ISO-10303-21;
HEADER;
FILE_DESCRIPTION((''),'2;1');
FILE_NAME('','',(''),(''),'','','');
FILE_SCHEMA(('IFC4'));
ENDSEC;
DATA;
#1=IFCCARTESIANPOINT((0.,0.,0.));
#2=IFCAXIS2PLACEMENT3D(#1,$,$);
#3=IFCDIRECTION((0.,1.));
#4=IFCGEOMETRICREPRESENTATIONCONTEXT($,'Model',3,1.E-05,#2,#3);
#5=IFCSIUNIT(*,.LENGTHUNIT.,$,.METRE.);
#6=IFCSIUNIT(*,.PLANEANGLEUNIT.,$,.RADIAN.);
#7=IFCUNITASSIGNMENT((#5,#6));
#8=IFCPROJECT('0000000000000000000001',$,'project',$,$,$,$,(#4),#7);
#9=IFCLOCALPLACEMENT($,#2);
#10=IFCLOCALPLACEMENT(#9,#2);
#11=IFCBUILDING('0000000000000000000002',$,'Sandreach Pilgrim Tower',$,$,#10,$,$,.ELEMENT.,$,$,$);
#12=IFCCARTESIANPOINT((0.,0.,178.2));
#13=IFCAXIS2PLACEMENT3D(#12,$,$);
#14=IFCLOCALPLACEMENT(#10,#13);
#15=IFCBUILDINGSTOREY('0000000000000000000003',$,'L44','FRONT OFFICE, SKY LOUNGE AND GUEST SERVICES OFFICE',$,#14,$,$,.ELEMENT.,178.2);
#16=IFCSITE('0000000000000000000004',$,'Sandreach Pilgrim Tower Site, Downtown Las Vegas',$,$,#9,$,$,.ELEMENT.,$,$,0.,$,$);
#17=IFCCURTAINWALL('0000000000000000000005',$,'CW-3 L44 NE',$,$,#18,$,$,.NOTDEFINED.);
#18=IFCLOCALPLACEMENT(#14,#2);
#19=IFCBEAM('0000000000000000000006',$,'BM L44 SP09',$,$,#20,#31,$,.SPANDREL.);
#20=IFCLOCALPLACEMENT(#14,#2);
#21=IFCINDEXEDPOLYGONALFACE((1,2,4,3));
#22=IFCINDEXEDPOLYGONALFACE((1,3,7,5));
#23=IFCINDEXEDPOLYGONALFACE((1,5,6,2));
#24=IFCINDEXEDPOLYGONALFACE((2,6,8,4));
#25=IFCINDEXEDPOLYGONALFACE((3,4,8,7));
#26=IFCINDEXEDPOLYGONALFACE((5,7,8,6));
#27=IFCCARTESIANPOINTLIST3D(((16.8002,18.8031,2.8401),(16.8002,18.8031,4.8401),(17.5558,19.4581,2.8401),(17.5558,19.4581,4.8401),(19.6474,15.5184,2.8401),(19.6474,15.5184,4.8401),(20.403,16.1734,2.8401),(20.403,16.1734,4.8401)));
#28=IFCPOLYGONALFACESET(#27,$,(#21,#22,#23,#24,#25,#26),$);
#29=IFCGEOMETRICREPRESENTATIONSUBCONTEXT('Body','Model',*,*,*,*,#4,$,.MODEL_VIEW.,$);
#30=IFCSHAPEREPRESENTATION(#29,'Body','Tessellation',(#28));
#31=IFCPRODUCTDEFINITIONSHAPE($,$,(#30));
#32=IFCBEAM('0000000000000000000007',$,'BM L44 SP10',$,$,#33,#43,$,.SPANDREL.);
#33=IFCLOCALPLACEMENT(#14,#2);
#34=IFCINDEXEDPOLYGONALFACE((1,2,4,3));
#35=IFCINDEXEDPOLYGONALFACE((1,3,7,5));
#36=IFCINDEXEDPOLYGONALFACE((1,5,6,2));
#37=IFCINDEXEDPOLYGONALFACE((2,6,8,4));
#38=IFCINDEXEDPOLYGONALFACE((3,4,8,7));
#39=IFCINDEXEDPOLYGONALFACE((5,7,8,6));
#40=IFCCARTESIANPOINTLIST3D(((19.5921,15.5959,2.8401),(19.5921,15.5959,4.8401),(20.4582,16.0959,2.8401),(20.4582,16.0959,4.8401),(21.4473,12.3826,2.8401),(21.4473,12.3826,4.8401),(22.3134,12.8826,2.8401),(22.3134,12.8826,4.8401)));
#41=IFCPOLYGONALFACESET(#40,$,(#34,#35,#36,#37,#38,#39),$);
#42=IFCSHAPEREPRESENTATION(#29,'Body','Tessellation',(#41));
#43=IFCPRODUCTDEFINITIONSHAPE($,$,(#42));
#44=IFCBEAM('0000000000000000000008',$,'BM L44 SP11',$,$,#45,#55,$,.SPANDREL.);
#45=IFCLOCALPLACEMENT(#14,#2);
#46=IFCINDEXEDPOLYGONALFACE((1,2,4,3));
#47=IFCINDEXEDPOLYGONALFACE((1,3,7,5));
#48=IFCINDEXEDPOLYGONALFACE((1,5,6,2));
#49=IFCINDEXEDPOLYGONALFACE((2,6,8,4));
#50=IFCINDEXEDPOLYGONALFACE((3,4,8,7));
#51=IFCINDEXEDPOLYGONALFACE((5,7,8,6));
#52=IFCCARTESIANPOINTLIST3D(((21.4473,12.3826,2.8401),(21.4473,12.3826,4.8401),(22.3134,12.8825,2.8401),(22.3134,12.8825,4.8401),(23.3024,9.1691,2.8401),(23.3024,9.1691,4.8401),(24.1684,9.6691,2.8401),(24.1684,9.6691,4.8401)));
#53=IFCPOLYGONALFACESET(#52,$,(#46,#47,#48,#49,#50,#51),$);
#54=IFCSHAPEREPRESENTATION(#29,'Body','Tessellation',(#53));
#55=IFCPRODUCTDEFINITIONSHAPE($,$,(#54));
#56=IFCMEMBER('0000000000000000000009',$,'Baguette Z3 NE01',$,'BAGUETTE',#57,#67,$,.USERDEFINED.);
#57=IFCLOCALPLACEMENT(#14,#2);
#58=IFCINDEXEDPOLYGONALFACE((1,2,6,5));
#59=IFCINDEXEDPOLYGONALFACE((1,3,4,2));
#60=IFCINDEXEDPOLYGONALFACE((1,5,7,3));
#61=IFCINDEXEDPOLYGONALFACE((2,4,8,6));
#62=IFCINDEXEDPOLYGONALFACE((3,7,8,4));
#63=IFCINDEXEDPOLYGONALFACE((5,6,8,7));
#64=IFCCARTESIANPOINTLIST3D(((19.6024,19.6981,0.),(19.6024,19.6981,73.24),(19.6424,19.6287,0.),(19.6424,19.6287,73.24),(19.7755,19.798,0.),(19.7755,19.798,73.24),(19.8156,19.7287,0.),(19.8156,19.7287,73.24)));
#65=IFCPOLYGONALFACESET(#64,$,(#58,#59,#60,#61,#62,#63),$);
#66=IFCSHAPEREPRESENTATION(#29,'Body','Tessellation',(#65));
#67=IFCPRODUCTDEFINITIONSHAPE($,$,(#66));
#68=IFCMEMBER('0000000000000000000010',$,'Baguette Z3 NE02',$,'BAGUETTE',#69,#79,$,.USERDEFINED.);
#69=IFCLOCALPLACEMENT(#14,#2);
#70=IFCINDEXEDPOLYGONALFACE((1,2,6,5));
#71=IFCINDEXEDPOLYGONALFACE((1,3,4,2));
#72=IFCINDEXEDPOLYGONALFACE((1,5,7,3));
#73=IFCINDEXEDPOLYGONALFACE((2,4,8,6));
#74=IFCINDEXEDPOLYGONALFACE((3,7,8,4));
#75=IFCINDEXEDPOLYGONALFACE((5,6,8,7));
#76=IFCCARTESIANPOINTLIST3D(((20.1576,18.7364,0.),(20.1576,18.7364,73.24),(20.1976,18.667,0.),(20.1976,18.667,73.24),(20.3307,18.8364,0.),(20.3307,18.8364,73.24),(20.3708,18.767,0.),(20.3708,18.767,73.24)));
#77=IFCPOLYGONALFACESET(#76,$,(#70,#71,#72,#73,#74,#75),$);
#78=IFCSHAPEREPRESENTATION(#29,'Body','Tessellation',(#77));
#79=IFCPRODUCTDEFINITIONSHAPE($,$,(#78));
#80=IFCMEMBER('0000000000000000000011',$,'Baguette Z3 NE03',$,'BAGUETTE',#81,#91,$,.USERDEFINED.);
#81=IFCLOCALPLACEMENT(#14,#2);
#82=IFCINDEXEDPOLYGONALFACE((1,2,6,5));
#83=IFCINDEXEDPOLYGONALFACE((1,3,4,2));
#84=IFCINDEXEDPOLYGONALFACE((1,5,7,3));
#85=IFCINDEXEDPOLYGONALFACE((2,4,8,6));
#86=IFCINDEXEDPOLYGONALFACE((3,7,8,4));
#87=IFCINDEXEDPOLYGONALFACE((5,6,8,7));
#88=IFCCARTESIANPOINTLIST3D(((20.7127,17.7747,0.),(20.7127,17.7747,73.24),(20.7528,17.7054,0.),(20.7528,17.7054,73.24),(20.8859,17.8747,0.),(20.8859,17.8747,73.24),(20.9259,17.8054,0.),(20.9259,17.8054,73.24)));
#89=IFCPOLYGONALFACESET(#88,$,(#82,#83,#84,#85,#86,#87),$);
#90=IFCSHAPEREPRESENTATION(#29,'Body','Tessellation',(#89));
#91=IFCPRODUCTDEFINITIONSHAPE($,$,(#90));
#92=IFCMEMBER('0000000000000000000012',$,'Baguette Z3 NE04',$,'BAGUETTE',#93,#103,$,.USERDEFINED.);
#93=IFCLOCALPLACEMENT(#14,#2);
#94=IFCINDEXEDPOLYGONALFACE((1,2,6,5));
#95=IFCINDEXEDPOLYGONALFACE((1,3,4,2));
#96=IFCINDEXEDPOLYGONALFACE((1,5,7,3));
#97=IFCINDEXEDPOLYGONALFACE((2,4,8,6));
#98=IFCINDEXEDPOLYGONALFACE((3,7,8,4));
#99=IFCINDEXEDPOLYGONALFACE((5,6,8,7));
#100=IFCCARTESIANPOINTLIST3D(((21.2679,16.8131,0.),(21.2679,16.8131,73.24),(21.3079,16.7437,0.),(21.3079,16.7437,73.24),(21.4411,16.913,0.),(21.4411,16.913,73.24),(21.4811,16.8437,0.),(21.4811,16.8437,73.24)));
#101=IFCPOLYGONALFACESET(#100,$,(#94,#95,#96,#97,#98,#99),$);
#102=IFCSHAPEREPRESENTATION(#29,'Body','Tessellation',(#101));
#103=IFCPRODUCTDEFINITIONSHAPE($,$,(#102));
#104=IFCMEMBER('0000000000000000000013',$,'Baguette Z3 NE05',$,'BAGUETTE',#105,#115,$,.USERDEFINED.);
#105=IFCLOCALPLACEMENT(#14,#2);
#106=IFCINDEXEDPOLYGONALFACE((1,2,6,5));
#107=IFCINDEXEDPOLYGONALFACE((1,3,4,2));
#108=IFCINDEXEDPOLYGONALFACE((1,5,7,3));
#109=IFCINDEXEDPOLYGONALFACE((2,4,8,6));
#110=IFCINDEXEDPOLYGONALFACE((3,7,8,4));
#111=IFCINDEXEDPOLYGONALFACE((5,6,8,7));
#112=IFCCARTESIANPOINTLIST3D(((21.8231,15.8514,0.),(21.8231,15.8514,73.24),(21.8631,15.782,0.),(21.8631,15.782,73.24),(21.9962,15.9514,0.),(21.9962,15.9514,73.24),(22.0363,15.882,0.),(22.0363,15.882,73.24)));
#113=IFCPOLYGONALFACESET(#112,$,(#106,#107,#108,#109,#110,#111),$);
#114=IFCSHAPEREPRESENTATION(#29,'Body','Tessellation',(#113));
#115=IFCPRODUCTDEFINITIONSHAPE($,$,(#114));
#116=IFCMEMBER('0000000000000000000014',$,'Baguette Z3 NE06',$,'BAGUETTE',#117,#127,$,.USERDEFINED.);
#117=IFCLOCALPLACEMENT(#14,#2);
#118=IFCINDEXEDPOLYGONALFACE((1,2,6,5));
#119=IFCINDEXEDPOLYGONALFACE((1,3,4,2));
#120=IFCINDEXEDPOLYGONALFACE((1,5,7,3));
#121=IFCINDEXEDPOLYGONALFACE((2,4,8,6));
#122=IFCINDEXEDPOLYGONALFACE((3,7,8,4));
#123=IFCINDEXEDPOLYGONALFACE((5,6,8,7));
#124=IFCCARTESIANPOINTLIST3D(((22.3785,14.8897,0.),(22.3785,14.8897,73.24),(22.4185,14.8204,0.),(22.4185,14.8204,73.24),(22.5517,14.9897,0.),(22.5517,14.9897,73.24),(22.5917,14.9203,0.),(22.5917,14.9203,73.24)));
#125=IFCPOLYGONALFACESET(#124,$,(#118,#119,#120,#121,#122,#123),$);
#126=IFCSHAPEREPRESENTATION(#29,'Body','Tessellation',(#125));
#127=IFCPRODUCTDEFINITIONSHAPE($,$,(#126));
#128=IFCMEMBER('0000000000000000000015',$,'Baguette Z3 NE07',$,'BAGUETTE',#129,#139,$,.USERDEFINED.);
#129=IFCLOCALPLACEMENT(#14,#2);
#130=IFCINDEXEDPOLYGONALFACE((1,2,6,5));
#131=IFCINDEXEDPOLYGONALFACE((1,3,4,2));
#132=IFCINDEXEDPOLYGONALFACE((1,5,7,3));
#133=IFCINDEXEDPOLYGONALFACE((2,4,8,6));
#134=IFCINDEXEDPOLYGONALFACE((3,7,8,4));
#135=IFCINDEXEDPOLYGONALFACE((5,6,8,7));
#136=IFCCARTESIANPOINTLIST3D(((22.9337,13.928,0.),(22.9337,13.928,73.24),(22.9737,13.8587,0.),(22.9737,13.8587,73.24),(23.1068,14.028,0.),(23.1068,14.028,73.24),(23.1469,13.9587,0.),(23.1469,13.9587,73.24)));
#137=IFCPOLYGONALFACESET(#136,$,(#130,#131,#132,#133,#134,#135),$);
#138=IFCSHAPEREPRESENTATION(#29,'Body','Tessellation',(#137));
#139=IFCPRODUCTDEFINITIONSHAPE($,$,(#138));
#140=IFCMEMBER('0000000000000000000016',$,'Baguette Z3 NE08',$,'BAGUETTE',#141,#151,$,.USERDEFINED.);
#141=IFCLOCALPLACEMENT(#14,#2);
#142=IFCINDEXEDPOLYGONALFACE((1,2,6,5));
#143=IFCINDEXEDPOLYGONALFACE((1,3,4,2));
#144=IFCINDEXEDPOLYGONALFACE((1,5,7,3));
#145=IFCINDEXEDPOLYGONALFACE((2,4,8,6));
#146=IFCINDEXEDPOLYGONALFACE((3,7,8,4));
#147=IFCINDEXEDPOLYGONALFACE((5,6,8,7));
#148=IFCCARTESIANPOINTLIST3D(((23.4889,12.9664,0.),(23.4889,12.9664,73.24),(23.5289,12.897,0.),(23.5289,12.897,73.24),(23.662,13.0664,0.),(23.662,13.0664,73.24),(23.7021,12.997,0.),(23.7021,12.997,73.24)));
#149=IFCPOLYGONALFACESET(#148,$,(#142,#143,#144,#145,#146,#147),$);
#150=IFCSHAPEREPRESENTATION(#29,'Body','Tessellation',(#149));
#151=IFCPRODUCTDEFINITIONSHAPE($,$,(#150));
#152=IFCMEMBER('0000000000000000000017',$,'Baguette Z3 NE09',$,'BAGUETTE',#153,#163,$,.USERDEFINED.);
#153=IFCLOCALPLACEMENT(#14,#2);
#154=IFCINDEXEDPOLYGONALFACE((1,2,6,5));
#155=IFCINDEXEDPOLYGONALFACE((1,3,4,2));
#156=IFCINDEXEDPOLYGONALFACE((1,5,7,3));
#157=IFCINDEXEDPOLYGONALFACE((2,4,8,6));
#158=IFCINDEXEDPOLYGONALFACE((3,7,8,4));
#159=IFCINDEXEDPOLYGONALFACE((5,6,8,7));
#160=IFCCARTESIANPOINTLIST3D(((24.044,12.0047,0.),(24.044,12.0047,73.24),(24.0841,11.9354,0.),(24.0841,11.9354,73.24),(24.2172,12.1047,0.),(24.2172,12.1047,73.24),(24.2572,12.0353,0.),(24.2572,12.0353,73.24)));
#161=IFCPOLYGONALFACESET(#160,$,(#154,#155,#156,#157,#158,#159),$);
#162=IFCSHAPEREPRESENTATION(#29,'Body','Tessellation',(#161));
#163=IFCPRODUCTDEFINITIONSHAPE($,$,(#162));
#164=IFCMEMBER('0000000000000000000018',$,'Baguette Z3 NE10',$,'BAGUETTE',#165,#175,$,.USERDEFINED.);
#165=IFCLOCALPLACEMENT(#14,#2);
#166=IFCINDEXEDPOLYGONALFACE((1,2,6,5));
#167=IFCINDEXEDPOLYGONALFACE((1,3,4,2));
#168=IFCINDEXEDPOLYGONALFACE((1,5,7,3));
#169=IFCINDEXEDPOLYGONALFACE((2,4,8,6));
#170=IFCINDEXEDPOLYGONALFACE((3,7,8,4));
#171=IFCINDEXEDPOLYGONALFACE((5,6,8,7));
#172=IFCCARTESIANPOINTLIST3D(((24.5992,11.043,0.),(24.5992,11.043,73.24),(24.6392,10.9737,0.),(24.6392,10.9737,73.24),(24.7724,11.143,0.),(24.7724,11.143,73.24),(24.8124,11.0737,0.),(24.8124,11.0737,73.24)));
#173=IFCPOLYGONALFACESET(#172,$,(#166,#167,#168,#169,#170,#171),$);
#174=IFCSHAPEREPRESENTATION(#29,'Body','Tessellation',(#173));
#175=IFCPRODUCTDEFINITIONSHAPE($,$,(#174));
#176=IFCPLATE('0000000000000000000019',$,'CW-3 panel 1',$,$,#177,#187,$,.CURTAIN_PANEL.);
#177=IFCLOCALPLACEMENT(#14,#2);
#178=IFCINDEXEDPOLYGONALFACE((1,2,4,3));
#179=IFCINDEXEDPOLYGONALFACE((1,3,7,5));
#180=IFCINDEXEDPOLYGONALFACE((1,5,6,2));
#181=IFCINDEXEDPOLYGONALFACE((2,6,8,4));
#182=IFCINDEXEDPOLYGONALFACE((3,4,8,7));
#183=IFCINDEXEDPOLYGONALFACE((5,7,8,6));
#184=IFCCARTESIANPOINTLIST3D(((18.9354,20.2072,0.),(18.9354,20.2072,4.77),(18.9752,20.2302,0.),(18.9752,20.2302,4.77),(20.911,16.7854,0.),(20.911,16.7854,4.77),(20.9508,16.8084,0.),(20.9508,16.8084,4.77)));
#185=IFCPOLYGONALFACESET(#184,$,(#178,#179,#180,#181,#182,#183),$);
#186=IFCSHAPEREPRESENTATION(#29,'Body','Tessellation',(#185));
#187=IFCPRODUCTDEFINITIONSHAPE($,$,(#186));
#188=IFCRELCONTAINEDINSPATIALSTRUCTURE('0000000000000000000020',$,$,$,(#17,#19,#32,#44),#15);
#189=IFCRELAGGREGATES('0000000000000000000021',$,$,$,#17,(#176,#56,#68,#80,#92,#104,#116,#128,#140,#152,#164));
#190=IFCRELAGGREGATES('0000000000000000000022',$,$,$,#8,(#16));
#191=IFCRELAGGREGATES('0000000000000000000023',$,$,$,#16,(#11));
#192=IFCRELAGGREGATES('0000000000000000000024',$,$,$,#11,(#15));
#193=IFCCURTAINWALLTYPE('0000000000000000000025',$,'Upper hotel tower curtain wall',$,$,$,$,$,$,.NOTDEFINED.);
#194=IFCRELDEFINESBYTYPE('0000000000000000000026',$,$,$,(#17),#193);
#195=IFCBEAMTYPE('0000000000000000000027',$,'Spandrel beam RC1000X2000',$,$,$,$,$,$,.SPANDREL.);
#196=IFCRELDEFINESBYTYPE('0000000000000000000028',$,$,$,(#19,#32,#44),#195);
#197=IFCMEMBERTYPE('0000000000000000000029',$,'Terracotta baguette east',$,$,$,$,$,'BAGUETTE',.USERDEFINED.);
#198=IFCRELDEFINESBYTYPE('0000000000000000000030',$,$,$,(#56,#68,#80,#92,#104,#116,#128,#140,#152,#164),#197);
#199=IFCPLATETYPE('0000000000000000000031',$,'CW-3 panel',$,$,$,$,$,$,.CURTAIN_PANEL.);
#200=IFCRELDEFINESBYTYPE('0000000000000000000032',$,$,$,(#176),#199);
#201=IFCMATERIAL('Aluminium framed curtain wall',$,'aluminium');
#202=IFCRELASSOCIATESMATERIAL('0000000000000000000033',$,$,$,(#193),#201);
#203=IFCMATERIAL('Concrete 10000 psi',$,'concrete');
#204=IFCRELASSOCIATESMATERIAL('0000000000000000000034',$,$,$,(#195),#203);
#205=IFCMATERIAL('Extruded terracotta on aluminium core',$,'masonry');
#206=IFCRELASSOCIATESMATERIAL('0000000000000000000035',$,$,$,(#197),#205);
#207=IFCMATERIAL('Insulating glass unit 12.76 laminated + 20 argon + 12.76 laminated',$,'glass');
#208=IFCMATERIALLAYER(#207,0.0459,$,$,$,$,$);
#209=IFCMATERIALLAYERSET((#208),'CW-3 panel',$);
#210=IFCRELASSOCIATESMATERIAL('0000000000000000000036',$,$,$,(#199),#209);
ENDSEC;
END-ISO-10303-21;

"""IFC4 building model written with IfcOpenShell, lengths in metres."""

from ifc_helpers import new_model, si_unit, direction, frame, origin, origin_2d, place, context, subcontext, project, spatial, rectangle, extrude, material, layer, layer_set, material_profile, profile_set, type_object, element, aggregate, save


model = new_model("IFC4")

# Units and contexts
model_context = context("Model", 3, precision=1e-05, world=origin(), true_north=direction((0.0, 1.0)))
body_context = subcontext(model_context, "Body", "Model", "MODEL_VIEW")
ifc_project = project(units=[si_unit("LENGTHUNIT", "METRE"), si_unit("PLANEANGLEUNIT", "RADIAN")], contexts=[model_context])

# Site, building, storey
site_placement = place(None, origin())
site = spatial("IfcSite", under=ifc_project, at=site_placement, Name="Sandreach Pilgrim Tower Site, Downtown Las Vegas", CompositionType="ELEMENT", RefElevation=0.0)
building_placement = place(site_placement, origin())
building = spatial("IfcBuilding", under=site, at=building_placement, Name="Sandreach Pilgrim Tower", CompositionType="ELEMENT")
storey_placement = place(building_placement, frame((0.0, 0.0, 178.2)))
storey = spatial("IfcBuildingStorey", under=building, at=storey_placement, Name="L44", Description="FRONT OFFICE, SKY LOUNGE AND GUEST SERVICES OFFICE", CompositionType="ELEMENT", Elevation=178.2)

# Shared definitions
ifc_material_1 = material(Name="Aluminium framed curtain wall", Category="aluminium")
curtain_wall_type = type_object("IfcCurtainWallType", Name="Upper hotel tower curtain wall", PredefinedType="NOTDEFINED", material=ifc_material_1)

# Curtain wall
curtain_wall_1_placement = place(storey_placement, origin())
curtain_wall_1 = element("IfcCurtainWall", 1, at=curtain_wall_1_placement, inside=storey, type_object=curtain_wall_type, Name="CW-3 L44 NE", PredefinedType="NOTDEFINED")

# Beams
ifc_material_2 = material(Name="Concrete 10000 psi", Category="concrete")
ifc_material_profile_1 = material_profile(ifc_material_2, rectangle(XDim=1.0, YDim=2.0, at=origin_2d()), Name="RC1000X2000")
ifc_profile_set_1 = profile_set([ifc_material_profile_1], Name="Concrete 10000 psi")
beam_type_1 = type_object("IfcBeamType", Name="Spandrel beam RC1000X2000", PredefinedType="SPANDREL", material=ifc_profile_set_1)
beam_1_placement = place(storey_placement, frame((17.178, 19.1306, 3.8401), z_axis=(0.65499, -0.755637, 0.0), x_axis=(0.755637, 0.65499, 0.0)))
element("IfcBeam", 2, at=beam_1_placement, inside=storey, type_object=beam_type_1, Name="BM L44 SP09", PredefinedType="SPANDREL", context=body_context, shape_type="SweptSolid", body=[
    extrude(rectangle(XDim=1.0, YDim=2.0, at=origin_2d()), origin(), (0.0, 0.0, 1.0), 4.3469),
])
for number, where, z_axis, x_axis, name in (
    (3, (20.0251, 15.8459, 3.8401), (0.499996, -0.866028, 0.0), (0.866028, 0.499996, 0.0), "BM L44 SP10"),
    (4, (21.8804, 12.6326, 3.8401), (0.499946, -0.866056, 0.0), (0.866056, 0.499946, 0.0), "BM L44 SP11"),
):
    element("IfcBeam", number, at=place(storey_placement, frame(where, z_axis=z_axis, x_axis=x_axis)), inside=storey, type_object=beam_type_1, Name=name, PredefinedType="SPANDREL", context=body_context, shape_type="SweptSolid", body=[
        extrude(rectangle(XDim=1.0, YDim=2.0, at=origin_2d()), origin(), (0.0, 0.0, 1.0), 3.7104),
    ])

# Members
ifc_material_3 = material(Name="Extruded terracotta on aluminium core", Category="masonry")
ifc_material_profile_2 = material_profile(ifc_material_3, rectangle(XDim=0.0801, YDim=0.2, at=origin_2d()), Name="TBE 80X200")
ifc_profile_set_2 = profile_set([ifc_material_profile_2], Name="Extruded terracotta on aluminium core")
member_type_1 = type_object("IfcMemberType", Name="Terracotta baguette east", ElementType="BAGUETTE", PredefinedType="USERDEFINED", material=ifc_profile_set_2)
member_1_placement = place(storey_placement, frame((19.709, 19.7134, 0.0), z_axis=(0.0, 0.0, 1.0), x_axis=(0.5, -0.866025, 0.0)))
member_1 = element("IfcMember", 5, at=member_1_placement, type_object=member_type_1, Name="Baguette Z3 NE01", ObjectType="BAGUETTE", PredefinedType="USERDEFINED", context=body_context, shape_type="SweptSolid", body=[
    extrude(rectangle(XDim=0.0801, YDim=0.2, at=origin_2d()), origin(), (0.0, 0.0, 1.0), 73.24),
])
member_2_placement = place(storey_placement, frame((20.2642, 18.7517, 0.0), z_axis=(0.0, 0.0, 1.0), x_axis=(0.5, -0.866025, 0.0)))
member_2 = element("IfcMember", 6, at=member_2_placement, type_object=member_type_1, Name="Baguette Z3 NE02", ObjectType="BAGUETTE", PredefinedType="USERDEFINED", context=body_context, shape_type="SweptSolid", body=[
    extrude(rectangle(XDim=0.0801, YDim=0.2, at=origin_2d()), origin(), (0.0, 0.0, 1.0), 73.24),
])
member_3_placement = place(storey_placement, frame((20.8193, 17.79, 0.0), z_axis=(0.0, 0.0, 1.0), x_axis=(0.5, -0.866025, 0.0)))
member_3 = element("IfcMember", 7, at=member_3_placement, type_object=member_type_1, Name="Baguette Z3 NE03", ObjectType="BAGUETTE", PredefinedType="USERDEFINED", context=body_context, shape_type="SweptSolid", body=[
    extrude(rectangle(XDim=0.0801, YDim=0.2, at=origin_2d()), origin(), (0.0, 0.0, 1.0), 73.24),
])
member_4_placement = place(storey_placement, frame((21.3745, 16.8284, 0.0), z_axis=(0.0, 0.0, 1.0), x_axis=(0.5, -0.866025, 0.0)))
member_4 = element("IfcMember", 8, at=member_4_placement, type_object=member_type_1, Name="Baguette Z3 NE04", ObjectType="BAGUETTE", PredefinedType="USERDEFINED", context=body_context, shape_type="SweptSolid", body=[
    extrude(rectangle(XDim=0.0801, YDim=0.2, at=origin_2d()), origin(), (0.0, 0.0, 1.0), 73.24),
])
member_5_placement = place(storey_placement, frame((21.9297, 15.8667, 0.0), z_axis=(0.0, 0.0, 1.0), x_axis=(0.5, -0.866025, 0.0)))
member_5 = element("IfcMember", 9, at=member_5_placement, type_object=member_type_1, Name="Baguette Z3 NE05", ObjectType="BAGUETTE", PredefinedType="USERDEFINED", context=body_context, shape_type="SweptSolid", body=[
    extrude(rectangle(XDim=0.0801, YDim=0.2, at=origin_2d()), origin(), (0.0, 0.0, 1.0), 73.24),
])
member_6_placement = place(storey_placement, frame((22.4851, 14.905, 0.0), z_axis=(0.0, 0.0, 1.0), x_axis=(0.5, -0.866025, 0.0)))
member_6 = element("IfcMember", 10, at=member_6_placement, type_object=member_type_1, Name="Baguette Z3 NE06", ObjectType="BAGUETTE", PredefinedType="USERDEFINED", context=body_context, shape_type="SweptSolid", body=[
    extrude(rectangle(XDim=0.0801, YDim=0.2, at=origin_2d()), origin(), (0.0, 0.0, 1.0), 73.24),
])
member_7_placement = place(storey_placement, frame((23.0403, 13.9434, 0.0), z_axis=(0.0, 0.0, 1.0), x_axis=(0.5, -0.866025, 0.0)))
member_7 = element("IfcMember", 11, at=member_7_placement, type_object=member_type_1, Name="Baguette Z3 NE07", ObjectType="BAGUETTE", PredefinedType="USERDEFINED", context=body_context, shape_type="SweptSolid", body=[
    extrude(rectangle(XDim=0.0801, YDim=0.2, at=origin_2d()), origin(), (0.0, 0.0, 1.0), 73.24),
])
member_8_placement = place(storey_placement, frame((23.5955, 12.9817, 0.0), z_axis=(0.0, 0.0, 1.0), x_axis=(0.5, -0.866025, 0.0)))
member_8 = element("IfcMember", 12, at=member_8_placement, type_object=member_type_1, Name="Baguette Z3 NE08", ObjectType="BAGUETTE", PredefinedType="USERDEFINED", context=body_context, shape_type="SweptSolid", body=[
    extrude(rectangle(XDim=0.0801, YDim=0.2, at=origin_2d()), origin(), (0.0, 0.0, 1.0), 73.24),
])
member_9_placement = place(storey_placement, frame((24.1506, 12.02, 0.0), z_axis=(0.0, 0.0, 1.0), x_axis=(0.5, -0.866025, 0.0)))
member_9 = element("IfcMember", 13, at=member_9_placement, type_object=member_type_1, Name="Baguette Z3 NE09", ObjectType="BAGUETTE", PredefinedType="USERDEFINED", context=body_context, shape_type="SweptSolid", body=[
    extrude(rectangle(XDim=0.0801, YDim=0.2, at=origin_2d()), origin(), (0.0, 0.0, 1.0), 73.24),
])
member_10_placement = place(storey_placement, frame((24.7058, 11.0583, 0.0), z_axis=(0.0, 0.0, 1.0), x_axis=(0.5, -0.866025, 0.0)))
member_10 = element("IfcMember", 14, at=member_10_placement, type_object=member_type_1, Name="Baguette Z3 NE10", ObjectType="BAGUETTE", PredefinedType="USERDEFINED", context=body_context, shape_type="SweptSolid", body=[
    extrude(rectangle(XDim=0.0801, YDim=0.2, at=origin_2d()), origin(), (0.0, 0.0, 1.0), 73.24),
])

# Plate
ifc_material_4 = material(Name="Insulating glass unit 12.76 laminated + 20 argon + 12.76 laminated", Category="glass")
ifc_layer_1 = layer(ifc_material_4, 0.0459)
ifc_layer_set_1 = layer_set([ifc_layer_1], Name="CW-3 panel")
plate_type = type_object("IfcPlateType", Name="CW-3 panel", PredefinedType="CURTAIN_PANEL", material=ifc_layer_set_1)
plate_1_placement = place(storey_placement, frame((19.9431, 18.5078, 0.0), z_axis=(0.0, 0.0, 1.0), x_axis=(0.5, -0.866025, 0.0)))
plate_1 = element("IfcPlate", 15, at=plate_1_placement, type_object=plate_type, Name="CW-3 panel 1", PredefinedType="CURTAIN_PANEL", context=body_context, shape_type="SweptSolid", body=[
    extrude(rectangle(XDim=3.9512, YDim=0.0459, at=origin_2d()), origin(), (0.0, 0.0, 1.0), 4.77),
])
aggregate(curtain_wall_1, [plate_1, member_1, member_2, member_3, member_4, member_5, member_6, member_7, member_8, member_9, member_10])

save(model, "model.ifc")
